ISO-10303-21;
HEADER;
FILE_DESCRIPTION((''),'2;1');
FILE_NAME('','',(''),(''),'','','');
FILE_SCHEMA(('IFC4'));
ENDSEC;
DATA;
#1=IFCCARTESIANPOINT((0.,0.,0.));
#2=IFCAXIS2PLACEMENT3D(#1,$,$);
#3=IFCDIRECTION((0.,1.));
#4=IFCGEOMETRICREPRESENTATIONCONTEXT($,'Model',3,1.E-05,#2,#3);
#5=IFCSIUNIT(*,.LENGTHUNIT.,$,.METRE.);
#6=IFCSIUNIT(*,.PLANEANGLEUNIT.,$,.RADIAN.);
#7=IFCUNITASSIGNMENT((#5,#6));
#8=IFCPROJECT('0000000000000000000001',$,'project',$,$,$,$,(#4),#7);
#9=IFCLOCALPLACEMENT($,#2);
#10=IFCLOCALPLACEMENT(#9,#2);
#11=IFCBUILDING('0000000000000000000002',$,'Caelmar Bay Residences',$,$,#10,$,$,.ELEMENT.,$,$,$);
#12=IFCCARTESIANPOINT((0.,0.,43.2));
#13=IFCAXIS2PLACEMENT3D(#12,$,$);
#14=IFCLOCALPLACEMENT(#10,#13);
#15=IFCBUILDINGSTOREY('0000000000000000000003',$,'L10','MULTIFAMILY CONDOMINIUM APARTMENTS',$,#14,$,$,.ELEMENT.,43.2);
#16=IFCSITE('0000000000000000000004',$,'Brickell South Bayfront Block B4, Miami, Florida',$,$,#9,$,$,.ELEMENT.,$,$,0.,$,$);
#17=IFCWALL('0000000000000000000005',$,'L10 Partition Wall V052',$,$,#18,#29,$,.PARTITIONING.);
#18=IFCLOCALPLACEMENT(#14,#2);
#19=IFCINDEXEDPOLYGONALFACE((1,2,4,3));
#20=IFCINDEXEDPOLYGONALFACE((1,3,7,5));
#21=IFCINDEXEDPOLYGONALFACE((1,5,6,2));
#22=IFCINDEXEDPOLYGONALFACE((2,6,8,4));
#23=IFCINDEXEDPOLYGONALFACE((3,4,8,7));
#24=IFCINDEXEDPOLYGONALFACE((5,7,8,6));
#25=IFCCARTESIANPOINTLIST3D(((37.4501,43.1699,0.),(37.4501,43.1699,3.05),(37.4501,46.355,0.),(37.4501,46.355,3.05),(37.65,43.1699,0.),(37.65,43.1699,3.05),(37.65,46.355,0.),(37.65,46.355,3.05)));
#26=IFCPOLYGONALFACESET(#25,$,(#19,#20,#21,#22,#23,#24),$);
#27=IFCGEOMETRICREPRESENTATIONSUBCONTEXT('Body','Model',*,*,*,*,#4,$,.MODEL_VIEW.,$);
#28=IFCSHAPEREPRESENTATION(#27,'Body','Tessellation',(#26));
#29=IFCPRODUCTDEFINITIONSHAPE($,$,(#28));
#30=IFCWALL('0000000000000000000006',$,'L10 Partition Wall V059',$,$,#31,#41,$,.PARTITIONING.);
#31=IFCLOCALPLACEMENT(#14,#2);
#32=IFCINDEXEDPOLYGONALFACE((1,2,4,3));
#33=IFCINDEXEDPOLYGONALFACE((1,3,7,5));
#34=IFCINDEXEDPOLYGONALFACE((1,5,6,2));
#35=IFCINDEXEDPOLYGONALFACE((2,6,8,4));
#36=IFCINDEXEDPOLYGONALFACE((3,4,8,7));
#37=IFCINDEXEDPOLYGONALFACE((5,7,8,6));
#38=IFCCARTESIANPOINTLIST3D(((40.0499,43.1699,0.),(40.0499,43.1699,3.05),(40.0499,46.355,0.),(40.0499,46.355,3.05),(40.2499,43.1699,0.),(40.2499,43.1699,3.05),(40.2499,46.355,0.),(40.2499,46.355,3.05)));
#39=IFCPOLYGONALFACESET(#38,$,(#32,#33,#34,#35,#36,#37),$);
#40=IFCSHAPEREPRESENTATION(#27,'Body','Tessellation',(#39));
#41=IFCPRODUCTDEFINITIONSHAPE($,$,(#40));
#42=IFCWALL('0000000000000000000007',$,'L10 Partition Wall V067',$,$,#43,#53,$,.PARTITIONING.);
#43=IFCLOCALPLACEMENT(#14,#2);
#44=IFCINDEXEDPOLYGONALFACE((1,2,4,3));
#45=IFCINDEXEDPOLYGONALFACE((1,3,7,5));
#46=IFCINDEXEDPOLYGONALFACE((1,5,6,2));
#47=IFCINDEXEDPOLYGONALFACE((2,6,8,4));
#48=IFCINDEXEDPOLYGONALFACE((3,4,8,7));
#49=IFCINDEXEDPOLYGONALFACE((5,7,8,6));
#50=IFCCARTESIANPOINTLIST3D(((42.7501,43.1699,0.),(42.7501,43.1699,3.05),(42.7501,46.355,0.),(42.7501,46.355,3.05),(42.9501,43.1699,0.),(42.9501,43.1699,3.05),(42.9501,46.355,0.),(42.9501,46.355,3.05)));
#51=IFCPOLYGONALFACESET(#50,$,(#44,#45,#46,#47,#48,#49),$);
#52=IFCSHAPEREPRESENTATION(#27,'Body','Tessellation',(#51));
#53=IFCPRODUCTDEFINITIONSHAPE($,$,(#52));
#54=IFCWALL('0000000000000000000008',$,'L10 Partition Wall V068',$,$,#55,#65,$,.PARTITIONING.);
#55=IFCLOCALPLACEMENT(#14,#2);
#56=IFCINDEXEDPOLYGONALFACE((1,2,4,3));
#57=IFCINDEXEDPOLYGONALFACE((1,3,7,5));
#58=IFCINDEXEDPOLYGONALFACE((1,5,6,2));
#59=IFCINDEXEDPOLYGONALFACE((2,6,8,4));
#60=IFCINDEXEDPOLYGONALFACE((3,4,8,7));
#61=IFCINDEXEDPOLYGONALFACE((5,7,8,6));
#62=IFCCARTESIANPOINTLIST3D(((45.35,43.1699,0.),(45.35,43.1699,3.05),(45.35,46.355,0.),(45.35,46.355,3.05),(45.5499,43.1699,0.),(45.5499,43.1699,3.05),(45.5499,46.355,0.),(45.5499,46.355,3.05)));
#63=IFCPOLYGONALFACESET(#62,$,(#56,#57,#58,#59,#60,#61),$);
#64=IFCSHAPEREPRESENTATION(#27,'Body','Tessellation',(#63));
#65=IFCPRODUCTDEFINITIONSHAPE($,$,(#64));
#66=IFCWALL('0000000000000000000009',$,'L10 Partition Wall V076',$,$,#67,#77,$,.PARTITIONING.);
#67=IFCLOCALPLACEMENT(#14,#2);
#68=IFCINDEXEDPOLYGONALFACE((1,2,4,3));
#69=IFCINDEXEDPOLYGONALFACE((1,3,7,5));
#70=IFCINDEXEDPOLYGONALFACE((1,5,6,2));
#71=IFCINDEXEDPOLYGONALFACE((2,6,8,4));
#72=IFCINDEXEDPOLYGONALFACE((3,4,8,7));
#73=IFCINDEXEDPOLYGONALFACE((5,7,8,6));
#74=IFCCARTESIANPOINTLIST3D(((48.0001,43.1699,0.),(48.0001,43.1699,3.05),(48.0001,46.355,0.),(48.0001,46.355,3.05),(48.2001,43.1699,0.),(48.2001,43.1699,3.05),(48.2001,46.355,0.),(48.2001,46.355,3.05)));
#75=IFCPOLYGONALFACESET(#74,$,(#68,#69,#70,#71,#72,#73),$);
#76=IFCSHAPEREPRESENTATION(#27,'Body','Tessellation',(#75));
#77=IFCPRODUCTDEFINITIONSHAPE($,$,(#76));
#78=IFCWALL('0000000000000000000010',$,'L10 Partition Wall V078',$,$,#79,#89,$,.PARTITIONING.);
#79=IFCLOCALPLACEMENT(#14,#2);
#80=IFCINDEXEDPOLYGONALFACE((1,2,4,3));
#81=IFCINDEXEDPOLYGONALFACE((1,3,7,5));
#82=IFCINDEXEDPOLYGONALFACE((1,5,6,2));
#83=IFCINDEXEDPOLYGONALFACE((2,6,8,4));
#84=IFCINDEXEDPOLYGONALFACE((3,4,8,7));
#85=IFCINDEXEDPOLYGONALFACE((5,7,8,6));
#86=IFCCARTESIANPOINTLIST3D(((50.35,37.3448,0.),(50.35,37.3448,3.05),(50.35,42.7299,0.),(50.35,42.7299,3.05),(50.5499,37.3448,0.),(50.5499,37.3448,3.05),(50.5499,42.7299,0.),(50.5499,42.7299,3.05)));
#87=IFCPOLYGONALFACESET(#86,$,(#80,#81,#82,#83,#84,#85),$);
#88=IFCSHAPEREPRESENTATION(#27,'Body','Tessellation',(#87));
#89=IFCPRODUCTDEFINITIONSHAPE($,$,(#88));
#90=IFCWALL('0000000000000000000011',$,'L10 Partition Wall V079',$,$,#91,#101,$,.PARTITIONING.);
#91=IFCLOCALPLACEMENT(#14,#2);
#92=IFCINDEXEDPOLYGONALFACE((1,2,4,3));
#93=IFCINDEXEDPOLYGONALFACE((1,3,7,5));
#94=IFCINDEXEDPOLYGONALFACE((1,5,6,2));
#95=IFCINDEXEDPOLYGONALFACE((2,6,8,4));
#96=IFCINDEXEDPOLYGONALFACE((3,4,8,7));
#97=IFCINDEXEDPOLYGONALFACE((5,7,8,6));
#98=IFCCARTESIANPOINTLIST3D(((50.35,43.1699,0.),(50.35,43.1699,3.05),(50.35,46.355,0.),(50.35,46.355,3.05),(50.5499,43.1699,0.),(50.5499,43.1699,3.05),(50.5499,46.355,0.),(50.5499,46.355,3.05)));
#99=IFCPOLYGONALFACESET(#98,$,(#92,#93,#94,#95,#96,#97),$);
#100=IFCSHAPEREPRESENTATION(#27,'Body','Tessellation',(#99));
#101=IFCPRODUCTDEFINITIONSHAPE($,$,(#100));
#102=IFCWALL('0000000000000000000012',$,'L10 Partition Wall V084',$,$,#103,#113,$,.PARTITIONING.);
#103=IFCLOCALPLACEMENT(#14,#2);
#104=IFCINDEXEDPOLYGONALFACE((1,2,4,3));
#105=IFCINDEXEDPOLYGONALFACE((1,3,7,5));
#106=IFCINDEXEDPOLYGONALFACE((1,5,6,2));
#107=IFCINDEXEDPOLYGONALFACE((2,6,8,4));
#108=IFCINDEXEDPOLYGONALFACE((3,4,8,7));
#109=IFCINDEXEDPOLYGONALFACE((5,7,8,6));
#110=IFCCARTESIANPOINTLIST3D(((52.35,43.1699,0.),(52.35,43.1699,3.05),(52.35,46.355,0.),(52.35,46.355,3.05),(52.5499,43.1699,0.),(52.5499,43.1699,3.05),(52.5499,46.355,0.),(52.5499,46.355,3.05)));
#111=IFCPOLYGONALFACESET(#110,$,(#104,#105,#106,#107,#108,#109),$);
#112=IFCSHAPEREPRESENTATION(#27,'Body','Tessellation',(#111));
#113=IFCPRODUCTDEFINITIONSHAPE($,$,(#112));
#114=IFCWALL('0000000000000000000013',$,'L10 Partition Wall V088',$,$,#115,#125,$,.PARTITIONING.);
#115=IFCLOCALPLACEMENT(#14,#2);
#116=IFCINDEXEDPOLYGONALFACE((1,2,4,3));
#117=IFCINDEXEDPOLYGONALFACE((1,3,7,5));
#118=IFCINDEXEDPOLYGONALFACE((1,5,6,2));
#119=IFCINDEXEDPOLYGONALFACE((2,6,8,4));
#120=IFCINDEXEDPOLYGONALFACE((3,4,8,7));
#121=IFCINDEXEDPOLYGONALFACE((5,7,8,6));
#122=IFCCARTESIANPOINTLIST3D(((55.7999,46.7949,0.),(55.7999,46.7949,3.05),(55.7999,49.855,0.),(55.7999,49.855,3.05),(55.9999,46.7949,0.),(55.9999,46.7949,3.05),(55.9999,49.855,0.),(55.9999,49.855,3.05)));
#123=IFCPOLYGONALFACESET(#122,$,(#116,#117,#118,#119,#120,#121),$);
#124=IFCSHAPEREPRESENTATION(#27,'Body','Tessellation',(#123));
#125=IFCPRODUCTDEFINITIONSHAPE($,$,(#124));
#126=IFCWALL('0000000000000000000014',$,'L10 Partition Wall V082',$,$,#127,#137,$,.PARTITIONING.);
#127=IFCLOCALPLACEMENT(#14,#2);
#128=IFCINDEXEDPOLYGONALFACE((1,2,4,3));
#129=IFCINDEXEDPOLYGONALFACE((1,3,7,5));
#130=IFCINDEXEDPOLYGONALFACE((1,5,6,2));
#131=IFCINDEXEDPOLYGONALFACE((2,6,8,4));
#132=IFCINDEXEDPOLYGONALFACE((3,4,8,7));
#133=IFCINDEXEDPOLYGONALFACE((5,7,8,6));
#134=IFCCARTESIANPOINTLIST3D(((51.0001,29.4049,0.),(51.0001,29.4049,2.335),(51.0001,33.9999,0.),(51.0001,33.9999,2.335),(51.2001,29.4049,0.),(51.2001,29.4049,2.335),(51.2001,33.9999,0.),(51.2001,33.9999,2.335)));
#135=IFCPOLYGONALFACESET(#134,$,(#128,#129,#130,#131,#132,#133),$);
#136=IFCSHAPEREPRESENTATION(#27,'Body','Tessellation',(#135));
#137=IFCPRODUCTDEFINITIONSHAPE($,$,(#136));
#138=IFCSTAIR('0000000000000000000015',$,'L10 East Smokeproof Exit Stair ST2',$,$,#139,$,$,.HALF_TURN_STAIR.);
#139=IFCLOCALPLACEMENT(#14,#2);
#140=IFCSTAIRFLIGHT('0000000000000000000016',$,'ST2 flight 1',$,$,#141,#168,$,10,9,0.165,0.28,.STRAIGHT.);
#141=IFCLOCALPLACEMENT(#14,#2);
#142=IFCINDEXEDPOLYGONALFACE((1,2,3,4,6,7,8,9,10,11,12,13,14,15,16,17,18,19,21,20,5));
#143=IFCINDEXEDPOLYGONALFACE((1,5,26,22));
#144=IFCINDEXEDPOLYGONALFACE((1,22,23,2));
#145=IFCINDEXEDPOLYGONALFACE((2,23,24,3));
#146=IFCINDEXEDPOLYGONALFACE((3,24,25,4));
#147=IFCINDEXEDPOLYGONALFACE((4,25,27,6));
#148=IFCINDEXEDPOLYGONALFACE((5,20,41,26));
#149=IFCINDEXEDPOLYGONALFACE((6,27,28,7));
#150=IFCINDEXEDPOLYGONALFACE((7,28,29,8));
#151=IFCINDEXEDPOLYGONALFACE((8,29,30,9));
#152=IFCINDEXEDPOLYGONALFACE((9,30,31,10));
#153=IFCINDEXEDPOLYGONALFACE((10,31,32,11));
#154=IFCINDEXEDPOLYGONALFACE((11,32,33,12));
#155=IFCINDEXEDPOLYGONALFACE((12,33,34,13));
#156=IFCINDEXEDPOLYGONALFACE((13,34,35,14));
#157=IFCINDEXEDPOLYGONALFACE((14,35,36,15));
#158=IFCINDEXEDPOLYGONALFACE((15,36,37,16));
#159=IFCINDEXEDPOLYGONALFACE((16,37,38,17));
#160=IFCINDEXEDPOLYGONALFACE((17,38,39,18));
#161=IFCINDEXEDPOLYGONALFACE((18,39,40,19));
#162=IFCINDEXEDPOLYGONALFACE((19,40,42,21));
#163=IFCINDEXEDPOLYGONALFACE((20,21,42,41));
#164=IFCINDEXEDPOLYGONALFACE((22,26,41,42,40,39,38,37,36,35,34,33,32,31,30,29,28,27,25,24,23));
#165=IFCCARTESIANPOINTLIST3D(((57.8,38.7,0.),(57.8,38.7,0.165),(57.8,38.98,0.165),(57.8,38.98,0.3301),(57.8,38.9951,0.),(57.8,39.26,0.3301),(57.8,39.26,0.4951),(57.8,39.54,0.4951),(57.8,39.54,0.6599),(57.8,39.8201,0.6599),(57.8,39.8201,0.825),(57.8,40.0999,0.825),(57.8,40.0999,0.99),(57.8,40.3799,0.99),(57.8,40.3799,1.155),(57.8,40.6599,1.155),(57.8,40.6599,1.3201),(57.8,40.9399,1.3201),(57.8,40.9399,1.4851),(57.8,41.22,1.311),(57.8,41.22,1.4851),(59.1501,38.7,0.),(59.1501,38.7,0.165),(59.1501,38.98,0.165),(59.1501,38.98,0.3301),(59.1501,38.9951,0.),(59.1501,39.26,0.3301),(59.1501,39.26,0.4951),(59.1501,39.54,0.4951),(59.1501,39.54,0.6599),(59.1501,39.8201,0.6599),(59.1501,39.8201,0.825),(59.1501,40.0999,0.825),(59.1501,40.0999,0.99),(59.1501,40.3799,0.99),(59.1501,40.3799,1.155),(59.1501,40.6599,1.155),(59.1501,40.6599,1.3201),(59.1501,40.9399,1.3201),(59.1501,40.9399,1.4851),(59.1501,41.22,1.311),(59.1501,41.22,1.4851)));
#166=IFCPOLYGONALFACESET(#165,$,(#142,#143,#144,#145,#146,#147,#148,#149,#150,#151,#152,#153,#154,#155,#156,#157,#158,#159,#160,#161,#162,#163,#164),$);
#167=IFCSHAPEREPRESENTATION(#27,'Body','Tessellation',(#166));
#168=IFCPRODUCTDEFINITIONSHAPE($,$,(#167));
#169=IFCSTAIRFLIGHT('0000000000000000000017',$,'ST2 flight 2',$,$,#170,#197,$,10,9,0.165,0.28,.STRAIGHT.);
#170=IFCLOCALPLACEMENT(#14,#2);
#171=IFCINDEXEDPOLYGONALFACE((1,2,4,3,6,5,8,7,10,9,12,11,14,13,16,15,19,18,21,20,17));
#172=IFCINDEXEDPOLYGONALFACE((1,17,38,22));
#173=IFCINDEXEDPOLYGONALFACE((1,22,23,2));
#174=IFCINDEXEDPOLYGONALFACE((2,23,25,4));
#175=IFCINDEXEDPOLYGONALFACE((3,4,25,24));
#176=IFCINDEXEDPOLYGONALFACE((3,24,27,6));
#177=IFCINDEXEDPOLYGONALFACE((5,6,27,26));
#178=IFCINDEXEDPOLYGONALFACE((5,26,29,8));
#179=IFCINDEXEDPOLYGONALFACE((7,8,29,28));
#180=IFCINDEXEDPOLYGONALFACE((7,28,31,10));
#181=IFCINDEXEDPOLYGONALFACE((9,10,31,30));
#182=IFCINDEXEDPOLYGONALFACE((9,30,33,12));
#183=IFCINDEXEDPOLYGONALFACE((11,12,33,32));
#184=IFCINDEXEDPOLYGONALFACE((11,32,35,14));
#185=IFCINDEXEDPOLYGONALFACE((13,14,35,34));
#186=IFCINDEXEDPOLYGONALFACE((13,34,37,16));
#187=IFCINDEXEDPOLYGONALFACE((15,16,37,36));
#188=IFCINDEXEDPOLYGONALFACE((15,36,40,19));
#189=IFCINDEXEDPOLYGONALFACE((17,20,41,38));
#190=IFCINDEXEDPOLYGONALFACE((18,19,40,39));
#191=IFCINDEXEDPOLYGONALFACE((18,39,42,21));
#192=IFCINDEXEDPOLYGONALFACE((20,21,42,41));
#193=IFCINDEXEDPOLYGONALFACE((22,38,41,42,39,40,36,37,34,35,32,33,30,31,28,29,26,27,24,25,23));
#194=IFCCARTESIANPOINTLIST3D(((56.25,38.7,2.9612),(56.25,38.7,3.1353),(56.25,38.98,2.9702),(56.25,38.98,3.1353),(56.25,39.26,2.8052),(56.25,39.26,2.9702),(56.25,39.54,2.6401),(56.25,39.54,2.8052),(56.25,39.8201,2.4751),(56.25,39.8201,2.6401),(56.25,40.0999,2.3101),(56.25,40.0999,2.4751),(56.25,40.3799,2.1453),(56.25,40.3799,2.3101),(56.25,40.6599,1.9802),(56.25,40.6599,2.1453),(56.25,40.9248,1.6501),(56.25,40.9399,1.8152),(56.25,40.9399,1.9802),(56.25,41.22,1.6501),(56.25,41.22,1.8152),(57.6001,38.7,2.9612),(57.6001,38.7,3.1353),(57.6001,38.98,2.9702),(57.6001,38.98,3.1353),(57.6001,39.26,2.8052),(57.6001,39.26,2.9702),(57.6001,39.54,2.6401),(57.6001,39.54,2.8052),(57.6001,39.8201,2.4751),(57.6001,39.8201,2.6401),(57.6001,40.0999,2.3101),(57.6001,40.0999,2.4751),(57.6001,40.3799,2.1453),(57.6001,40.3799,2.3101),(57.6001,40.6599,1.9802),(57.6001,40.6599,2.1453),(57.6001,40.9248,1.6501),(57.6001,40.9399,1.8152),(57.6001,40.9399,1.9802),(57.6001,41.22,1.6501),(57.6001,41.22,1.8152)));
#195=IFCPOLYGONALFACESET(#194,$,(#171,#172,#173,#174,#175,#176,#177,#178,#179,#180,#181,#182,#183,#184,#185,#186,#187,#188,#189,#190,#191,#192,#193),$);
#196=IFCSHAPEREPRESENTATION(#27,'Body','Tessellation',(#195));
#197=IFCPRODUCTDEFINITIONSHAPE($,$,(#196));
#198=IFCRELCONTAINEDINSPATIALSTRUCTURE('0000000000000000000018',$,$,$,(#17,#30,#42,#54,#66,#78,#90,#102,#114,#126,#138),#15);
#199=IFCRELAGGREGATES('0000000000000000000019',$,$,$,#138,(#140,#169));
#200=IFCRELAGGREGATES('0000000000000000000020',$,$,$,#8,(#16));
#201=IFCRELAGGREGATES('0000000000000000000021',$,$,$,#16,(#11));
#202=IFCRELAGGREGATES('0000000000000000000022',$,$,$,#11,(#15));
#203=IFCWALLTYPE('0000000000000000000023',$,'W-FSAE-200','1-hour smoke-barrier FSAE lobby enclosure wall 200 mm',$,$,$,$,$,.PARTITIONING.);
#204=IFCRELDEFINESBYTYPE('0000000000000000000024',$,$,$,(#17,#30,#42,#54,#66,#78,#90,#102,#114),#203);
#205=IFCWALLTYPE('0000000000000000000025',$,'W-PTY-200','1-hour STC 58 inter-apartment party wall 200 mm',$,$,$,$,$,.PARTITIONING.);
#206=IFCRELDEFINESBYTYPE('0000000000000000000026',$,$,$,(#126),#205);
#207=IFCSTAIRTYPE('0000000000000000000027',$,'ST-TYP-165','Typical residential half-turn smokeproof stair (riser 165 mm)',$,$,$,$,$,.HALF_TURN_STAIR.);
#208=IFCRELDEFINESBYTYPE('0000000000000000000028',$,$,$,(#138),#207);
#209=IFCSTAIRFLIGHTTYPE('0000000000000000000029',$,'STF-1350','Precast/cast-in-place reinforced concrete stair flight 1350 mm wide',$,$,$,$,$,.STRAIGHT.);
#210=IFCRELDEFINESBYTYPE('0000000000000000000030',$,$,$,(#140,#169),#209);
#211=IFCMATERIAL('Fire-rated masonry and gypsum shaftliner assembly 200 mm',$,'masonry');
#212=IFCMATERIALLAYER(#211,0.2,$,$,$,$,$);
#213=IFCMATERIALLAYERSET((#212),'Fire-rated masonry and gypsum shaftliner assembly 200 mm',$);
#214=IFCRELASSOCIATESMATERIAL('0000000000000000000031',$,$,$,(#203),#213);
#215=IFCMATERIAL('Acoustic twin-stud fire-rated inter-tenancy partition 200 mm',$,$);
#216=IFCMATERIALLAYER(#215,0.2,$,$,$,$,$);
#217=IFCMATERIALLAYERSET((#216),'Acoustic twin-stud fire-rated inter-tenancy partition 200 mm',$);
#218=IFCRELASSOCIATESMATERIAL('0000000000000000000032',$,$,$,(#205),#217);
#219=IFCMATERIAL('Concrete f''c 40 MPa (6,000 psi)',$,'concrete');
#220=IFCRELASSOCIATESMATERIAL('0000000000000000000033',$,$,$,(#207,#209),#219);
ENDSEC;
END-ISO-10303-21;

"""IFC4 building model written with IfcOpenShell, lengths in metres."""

from ifc_helpers import new_model, si_unit, direction, frame, frame_2d, origin, place, context, subcontext, project, spatial, polyline, rectangle, outline, extrude, material, layer, layer_set, type_object, element, aggregate, save


model = new_model("IFC4")

# Units and contexts
model_context = context("Model", 3, precision=1e-05, world=origin(), true_north=direction((0.0, 1.0)))
body_context = subcontext(model_context, "Body", "Model", "MODEL_VIEW")
ifc_project = project(units=[si_unit("LENGTHUNIT", "METRE"), si_unit("PLANEANGLEUNIT", "RADIAN")], contexts=[model_context])

# Site, building, storey
site_placement = place(None, origin())
site = spatial("IfcSite", under=ifc_project, at=site_placement, Name="Brickell South Bayfront Block B4, Miami, Florida", CompositionType="ELEMENT", RefElevation=0.0)
building_placement = place(site_placement, origin())
building = spatial("IfcBuilding", under=site, at=building_placement, Name="Caelmar Bay Residences", CompositionType="ELEMENT")
storey_placement = place(building_placement, frame((0.0, 0.0, 43.2)))
storey = spatial("IfcBuildingStorey", under=building, at=storey_placement, Name="L10", Description="MULTIFAMILY CONDOMINIUM APARTMENTS", CompositionType="ELEMENT", Elevation=43.2)

# Walls
ifc_material_1 = material(Name="Fire-rated masonry and gypsum shaftliner assembly 200 mm", Category="masonry")
ifc_layer_1 = layer(ifc_material_1, 0.2)
ifc_layer_set_1 = layer_set([ifc_layer_1], Name="Fire-rated masonry and gypsum shaftliner assembly 200 mm")
wall_type_1 = type_object("IfcWallType", Name="W-FSAE-200", Description="1-hour smoke-barrier FSAE lobby enclosure wall 200 mm", PredefinedType="PARTITIONING", material=ifc_layer_set_1)
for number, where, z_axis, x_axis, name in (
    (1, (37.55, 43.1699, 0.0), (0.0, 0.0, 1.0), (0.0, 1.0, 0.0), "L10 Partition Wall V052"),
    (2, (40.1499, 43.1699, 0.0), (0.0, 0.0, 1.0), (0.0, 1.0, 0.0), "L10 Partition Wall V059"),
    (3, (42.8501, 43.1699, 0.0), (0.0, 0.0, 1.0), (0.0, 1.0, 0.0), "L10 Partition Wall V067"),
    (4, (45.45, 43.1699, 0.0), (0.0, 0.0, 1.0), (0.0, 1.0, 0.0), "L10 Partition Wall V068"),
    (5, (48.1001, 43.1699, 0.0), (0.0, 0.0, 1.0), (0.0, 1.0, 0.0), "L10 Partition Wall V076"),
):
    element("IfcWall", number, at=place(storey_placement, frame(where, z_axis=z_axis, x_axis=x_axis)), inside=storey, type_object=wall_type_1, Name=name, PredefinedType="PARTITIONING", context=body_context, shape_type="SweptSolid", body=[
        extrude(rectangle(XDim=3.1851, YDim=0.2, at=frame_2d((1.5925, 0.0))), origin(), (0.0, 0.0, 1.0), 3.05),
    ])
wall_1_placement = place(storey_placement, frame((50.45, 37.345, 0.0), z_axis=(0.0, 0.0, 1.0), x_axis=(0.0, 1.0, 0.0)))
element("IfcWall", 6, at=wall_1_placement, inside=storey, type_object=wall_type_1, Name="L10 Partition Wall V078", PredefinedType="PARTITIONING", context=body_context, shape_type="SweptSolid", body=[
    extrude(rectangle(XDim=5.385, YDim=0.2, at=frame_2d((2.6924, 0.0))), origin(), (0.0, 0.0, 1.0), 3.05),
])
for number, where, z_axis, x_axis, name in (
    (7, (50.45, 43.1699, 0.0), (0.0, 0.0, 1.0), (0.0, 1.0, 0.0), "L10 Partition Wall V079"),
    (8, (52.45, 43.1699, 0.0), (0.0, 0.0, 1.0), (0.0, 1.0, 0.0), "L10 Partition Wall V084"),
):
    element("IfcWall", number, at=place(storey_placement, frame(where, z_axis=z_axis, x_axis=x_axis)), inside=storey, type_object=wall_type_1, Name=name, PredefinedType="PARTITIONING", context=body_context, shape_type="SweptSolid", body=[
        extrude(rectangle(XDim=3.1851, YDim=0.2, at=frame_2d((1.5925, 0.0))), origin(), (0.0, 0.0, 1.0), 3.05),
    ])
wall_2_placement = place(storey_placement, frame((55.8999, 46.7949, 0.0), z_axis=(0.0, 0.0, 1.0), x_axis=(0.0, 1.0, 0.0)))
element("IfcWall", 9, at=wall_2_placement, inside=storey, type_object=wall_type_1, Name="L10 Partition Wall V088", PredefinedType="PARTITIONING", context=body_context, shape_type="SweptSolid", body=[
    extrude(rectangle(XDim=3.0601, YDim=0.2, at=frame_2d((1.53, 0.0))), origin(), (0.0, 0.0, 1.0), 3.05),
])
ifc_material_2 = material(Name="Acoustic twin-stud fire-rated inter-tenancy partition 200 mm")
ifc_layer_2 = layer(ifc_material_2, 0.2)
ifc_layer_set_2 = layer_set([ifc_layer_2], Name="Acoustic twin-stud fire-rated inter-tenancy partition 200 mm")
wall_type_2 = type_object("IfcWallType", Name="W-PTY-200", Description="1-hour STC 58 inter-apartment party wall 200 mm", PredefinedType="PARTITIONING", material=ifc_layer_set_2)
wall_3_placement = place(storey_placement, frame((51.1001, 29.405, 0.0), z_axis=(0.0, 0.0, 1.0), x_axis=(0.0, 1.0, 0.0)))
element("IfcWall", 10, at=wall_3_placement, inside=storey, type_object=wall_type_2, Name="L10 Partition Wall V082", PredefinedType="PARTITIONING", context=body_context, shape_type="SweptSolid", body=[
    extrude(rectangle(XDim=4.595, YDim=0.2, at=frame_2d((2.2974, 0.0))), origin(), (0.0, 0.0, 1.0), 2.335),
])

# Stair, stair flights
ifc_material_3 = material(Name="Concrete f'c 40 MPa (6,000 psi)", Category="concrete")
stair_type = type_object("IfcStairType", Name="ST-TYP-165", Description="Typical residential half-turn smokeproof stair (riser 165 mm)", PredefinedType="HALF_TURN_STAIR", material=ifc_material_3)
stair_placement = place(storey_placement, origin())
stair = element("IfcStair", 11, at=stair_placement, inside=storey, type_object=stair_type, Name="L10 East Smokeproof Exit Stair ST2", PredefinedType="HALF_TURN_STAIR")
stair_flight_type = type_object("IfcStairFlightType", Name="STF-1350", Description="Precast/cast-in-place reinforced concrete stair flight 1350 mm wide", PredefinedType="STRAIGHT", material=ifc_material_3)
stair_flight_1_placement = place(storey_placement, frame((58.4751, 38.7, 0.0), z_axis=(0.0, 0.0, 1.0), x_axis=(0.0, 1.0, 0.0)))
stair_flight_1 = element("IfcStairFlight", 12, at=stair_flight_1_placement, type_object=stair_flight_type, Name="ST2 flight 1", NumberOfRisers=10, NumberOfTreads=9, PredefinedType="STRAIGHT", RiserHeight=0.165, TreadLength=0.28, context=body_context, shape_type="SweptSolid", body=[
    extrude(outline(polyline([(0.0, 0.0), (0.0, 0.165), (0.28, 0.165), (0.28, 0.3301), (0.5601, 0.3301), (0.5601, 0.4951), (0.8401, 0.4951), (0.8401, 0.6599), (1.1201, 0.6599), (1.1201, 0.825), (1.3999, 0.825), (1.3999, 0.99), (1.6799, 0.99), (1.6799, 1.155), (1.96, 1.155), (1.96, 1.3201), (2.24, 1.3201), (2.24, 1.4851), (2.52, 1.4851), (2.52, 1.6499), (2.52, 1.311), (0.2952, 0.0), (0.0, 0.0)])), frame((0.0, 0.675, 0.0), z_axis=(0.0, -1.0, 0.0), x_axis=(1.0, 0.0, 0.0)), (0.0, 0.0, 1.0), 1.3501),
])
stair_flight_2_placement = place(storey_placement, frame((56.925, 41.22, 1.6501), z_axis=(0.0, 0.0, 1.0), x_axis=(0.0, -1.0, 0.0)))
stair_flight_2 = element("IfcStairFlight", 13, at=stair_flight_2_placement, type_object=stair_flight_type, Name="ST2 flight 2", NumberOfRisers=10, NumberOfTreads=9, PredefinedType="STRAIGHT", RiserHeight=0.165, TreadLength=0.28, context=body_context, shape_type="SweptSolid", body=[
    extrude(outline(polyline([(0.0, 0.0), (0.0, 0.165), (0.28, 0.165), (0.28, 0.3301), (0.5601, 0.3301), (0.5601, 0.4951), (0.8401, 0.4951), (0.8401, 0.6599), (1.1201, 0.6599), (1.1201, 0.825), (1.3999, 0.825), (1.3999, 0.99), (1.6799, 0.99), (1.6799, 1.155), (1.96, 1.155), (1.96, 1.3201), (2.24, 1.3201), (2.24, 1.4851), (2.52, 1.4851), (2.52, 1.6499), (2.52, 1.311), (0.2952, 0.0), (0.0, 0.0)])), frame((0.0, 0.675, 0.0), z_axis=(0.0, -1.0, 0.0), x_axis=(1.0, 0.0, 0.0)), (0.0, 0.0, 1.0), 1.3501),
])
aggregate(stair, [stair_flight_1, stair_flight_2])

save(model, "model.ifc")
